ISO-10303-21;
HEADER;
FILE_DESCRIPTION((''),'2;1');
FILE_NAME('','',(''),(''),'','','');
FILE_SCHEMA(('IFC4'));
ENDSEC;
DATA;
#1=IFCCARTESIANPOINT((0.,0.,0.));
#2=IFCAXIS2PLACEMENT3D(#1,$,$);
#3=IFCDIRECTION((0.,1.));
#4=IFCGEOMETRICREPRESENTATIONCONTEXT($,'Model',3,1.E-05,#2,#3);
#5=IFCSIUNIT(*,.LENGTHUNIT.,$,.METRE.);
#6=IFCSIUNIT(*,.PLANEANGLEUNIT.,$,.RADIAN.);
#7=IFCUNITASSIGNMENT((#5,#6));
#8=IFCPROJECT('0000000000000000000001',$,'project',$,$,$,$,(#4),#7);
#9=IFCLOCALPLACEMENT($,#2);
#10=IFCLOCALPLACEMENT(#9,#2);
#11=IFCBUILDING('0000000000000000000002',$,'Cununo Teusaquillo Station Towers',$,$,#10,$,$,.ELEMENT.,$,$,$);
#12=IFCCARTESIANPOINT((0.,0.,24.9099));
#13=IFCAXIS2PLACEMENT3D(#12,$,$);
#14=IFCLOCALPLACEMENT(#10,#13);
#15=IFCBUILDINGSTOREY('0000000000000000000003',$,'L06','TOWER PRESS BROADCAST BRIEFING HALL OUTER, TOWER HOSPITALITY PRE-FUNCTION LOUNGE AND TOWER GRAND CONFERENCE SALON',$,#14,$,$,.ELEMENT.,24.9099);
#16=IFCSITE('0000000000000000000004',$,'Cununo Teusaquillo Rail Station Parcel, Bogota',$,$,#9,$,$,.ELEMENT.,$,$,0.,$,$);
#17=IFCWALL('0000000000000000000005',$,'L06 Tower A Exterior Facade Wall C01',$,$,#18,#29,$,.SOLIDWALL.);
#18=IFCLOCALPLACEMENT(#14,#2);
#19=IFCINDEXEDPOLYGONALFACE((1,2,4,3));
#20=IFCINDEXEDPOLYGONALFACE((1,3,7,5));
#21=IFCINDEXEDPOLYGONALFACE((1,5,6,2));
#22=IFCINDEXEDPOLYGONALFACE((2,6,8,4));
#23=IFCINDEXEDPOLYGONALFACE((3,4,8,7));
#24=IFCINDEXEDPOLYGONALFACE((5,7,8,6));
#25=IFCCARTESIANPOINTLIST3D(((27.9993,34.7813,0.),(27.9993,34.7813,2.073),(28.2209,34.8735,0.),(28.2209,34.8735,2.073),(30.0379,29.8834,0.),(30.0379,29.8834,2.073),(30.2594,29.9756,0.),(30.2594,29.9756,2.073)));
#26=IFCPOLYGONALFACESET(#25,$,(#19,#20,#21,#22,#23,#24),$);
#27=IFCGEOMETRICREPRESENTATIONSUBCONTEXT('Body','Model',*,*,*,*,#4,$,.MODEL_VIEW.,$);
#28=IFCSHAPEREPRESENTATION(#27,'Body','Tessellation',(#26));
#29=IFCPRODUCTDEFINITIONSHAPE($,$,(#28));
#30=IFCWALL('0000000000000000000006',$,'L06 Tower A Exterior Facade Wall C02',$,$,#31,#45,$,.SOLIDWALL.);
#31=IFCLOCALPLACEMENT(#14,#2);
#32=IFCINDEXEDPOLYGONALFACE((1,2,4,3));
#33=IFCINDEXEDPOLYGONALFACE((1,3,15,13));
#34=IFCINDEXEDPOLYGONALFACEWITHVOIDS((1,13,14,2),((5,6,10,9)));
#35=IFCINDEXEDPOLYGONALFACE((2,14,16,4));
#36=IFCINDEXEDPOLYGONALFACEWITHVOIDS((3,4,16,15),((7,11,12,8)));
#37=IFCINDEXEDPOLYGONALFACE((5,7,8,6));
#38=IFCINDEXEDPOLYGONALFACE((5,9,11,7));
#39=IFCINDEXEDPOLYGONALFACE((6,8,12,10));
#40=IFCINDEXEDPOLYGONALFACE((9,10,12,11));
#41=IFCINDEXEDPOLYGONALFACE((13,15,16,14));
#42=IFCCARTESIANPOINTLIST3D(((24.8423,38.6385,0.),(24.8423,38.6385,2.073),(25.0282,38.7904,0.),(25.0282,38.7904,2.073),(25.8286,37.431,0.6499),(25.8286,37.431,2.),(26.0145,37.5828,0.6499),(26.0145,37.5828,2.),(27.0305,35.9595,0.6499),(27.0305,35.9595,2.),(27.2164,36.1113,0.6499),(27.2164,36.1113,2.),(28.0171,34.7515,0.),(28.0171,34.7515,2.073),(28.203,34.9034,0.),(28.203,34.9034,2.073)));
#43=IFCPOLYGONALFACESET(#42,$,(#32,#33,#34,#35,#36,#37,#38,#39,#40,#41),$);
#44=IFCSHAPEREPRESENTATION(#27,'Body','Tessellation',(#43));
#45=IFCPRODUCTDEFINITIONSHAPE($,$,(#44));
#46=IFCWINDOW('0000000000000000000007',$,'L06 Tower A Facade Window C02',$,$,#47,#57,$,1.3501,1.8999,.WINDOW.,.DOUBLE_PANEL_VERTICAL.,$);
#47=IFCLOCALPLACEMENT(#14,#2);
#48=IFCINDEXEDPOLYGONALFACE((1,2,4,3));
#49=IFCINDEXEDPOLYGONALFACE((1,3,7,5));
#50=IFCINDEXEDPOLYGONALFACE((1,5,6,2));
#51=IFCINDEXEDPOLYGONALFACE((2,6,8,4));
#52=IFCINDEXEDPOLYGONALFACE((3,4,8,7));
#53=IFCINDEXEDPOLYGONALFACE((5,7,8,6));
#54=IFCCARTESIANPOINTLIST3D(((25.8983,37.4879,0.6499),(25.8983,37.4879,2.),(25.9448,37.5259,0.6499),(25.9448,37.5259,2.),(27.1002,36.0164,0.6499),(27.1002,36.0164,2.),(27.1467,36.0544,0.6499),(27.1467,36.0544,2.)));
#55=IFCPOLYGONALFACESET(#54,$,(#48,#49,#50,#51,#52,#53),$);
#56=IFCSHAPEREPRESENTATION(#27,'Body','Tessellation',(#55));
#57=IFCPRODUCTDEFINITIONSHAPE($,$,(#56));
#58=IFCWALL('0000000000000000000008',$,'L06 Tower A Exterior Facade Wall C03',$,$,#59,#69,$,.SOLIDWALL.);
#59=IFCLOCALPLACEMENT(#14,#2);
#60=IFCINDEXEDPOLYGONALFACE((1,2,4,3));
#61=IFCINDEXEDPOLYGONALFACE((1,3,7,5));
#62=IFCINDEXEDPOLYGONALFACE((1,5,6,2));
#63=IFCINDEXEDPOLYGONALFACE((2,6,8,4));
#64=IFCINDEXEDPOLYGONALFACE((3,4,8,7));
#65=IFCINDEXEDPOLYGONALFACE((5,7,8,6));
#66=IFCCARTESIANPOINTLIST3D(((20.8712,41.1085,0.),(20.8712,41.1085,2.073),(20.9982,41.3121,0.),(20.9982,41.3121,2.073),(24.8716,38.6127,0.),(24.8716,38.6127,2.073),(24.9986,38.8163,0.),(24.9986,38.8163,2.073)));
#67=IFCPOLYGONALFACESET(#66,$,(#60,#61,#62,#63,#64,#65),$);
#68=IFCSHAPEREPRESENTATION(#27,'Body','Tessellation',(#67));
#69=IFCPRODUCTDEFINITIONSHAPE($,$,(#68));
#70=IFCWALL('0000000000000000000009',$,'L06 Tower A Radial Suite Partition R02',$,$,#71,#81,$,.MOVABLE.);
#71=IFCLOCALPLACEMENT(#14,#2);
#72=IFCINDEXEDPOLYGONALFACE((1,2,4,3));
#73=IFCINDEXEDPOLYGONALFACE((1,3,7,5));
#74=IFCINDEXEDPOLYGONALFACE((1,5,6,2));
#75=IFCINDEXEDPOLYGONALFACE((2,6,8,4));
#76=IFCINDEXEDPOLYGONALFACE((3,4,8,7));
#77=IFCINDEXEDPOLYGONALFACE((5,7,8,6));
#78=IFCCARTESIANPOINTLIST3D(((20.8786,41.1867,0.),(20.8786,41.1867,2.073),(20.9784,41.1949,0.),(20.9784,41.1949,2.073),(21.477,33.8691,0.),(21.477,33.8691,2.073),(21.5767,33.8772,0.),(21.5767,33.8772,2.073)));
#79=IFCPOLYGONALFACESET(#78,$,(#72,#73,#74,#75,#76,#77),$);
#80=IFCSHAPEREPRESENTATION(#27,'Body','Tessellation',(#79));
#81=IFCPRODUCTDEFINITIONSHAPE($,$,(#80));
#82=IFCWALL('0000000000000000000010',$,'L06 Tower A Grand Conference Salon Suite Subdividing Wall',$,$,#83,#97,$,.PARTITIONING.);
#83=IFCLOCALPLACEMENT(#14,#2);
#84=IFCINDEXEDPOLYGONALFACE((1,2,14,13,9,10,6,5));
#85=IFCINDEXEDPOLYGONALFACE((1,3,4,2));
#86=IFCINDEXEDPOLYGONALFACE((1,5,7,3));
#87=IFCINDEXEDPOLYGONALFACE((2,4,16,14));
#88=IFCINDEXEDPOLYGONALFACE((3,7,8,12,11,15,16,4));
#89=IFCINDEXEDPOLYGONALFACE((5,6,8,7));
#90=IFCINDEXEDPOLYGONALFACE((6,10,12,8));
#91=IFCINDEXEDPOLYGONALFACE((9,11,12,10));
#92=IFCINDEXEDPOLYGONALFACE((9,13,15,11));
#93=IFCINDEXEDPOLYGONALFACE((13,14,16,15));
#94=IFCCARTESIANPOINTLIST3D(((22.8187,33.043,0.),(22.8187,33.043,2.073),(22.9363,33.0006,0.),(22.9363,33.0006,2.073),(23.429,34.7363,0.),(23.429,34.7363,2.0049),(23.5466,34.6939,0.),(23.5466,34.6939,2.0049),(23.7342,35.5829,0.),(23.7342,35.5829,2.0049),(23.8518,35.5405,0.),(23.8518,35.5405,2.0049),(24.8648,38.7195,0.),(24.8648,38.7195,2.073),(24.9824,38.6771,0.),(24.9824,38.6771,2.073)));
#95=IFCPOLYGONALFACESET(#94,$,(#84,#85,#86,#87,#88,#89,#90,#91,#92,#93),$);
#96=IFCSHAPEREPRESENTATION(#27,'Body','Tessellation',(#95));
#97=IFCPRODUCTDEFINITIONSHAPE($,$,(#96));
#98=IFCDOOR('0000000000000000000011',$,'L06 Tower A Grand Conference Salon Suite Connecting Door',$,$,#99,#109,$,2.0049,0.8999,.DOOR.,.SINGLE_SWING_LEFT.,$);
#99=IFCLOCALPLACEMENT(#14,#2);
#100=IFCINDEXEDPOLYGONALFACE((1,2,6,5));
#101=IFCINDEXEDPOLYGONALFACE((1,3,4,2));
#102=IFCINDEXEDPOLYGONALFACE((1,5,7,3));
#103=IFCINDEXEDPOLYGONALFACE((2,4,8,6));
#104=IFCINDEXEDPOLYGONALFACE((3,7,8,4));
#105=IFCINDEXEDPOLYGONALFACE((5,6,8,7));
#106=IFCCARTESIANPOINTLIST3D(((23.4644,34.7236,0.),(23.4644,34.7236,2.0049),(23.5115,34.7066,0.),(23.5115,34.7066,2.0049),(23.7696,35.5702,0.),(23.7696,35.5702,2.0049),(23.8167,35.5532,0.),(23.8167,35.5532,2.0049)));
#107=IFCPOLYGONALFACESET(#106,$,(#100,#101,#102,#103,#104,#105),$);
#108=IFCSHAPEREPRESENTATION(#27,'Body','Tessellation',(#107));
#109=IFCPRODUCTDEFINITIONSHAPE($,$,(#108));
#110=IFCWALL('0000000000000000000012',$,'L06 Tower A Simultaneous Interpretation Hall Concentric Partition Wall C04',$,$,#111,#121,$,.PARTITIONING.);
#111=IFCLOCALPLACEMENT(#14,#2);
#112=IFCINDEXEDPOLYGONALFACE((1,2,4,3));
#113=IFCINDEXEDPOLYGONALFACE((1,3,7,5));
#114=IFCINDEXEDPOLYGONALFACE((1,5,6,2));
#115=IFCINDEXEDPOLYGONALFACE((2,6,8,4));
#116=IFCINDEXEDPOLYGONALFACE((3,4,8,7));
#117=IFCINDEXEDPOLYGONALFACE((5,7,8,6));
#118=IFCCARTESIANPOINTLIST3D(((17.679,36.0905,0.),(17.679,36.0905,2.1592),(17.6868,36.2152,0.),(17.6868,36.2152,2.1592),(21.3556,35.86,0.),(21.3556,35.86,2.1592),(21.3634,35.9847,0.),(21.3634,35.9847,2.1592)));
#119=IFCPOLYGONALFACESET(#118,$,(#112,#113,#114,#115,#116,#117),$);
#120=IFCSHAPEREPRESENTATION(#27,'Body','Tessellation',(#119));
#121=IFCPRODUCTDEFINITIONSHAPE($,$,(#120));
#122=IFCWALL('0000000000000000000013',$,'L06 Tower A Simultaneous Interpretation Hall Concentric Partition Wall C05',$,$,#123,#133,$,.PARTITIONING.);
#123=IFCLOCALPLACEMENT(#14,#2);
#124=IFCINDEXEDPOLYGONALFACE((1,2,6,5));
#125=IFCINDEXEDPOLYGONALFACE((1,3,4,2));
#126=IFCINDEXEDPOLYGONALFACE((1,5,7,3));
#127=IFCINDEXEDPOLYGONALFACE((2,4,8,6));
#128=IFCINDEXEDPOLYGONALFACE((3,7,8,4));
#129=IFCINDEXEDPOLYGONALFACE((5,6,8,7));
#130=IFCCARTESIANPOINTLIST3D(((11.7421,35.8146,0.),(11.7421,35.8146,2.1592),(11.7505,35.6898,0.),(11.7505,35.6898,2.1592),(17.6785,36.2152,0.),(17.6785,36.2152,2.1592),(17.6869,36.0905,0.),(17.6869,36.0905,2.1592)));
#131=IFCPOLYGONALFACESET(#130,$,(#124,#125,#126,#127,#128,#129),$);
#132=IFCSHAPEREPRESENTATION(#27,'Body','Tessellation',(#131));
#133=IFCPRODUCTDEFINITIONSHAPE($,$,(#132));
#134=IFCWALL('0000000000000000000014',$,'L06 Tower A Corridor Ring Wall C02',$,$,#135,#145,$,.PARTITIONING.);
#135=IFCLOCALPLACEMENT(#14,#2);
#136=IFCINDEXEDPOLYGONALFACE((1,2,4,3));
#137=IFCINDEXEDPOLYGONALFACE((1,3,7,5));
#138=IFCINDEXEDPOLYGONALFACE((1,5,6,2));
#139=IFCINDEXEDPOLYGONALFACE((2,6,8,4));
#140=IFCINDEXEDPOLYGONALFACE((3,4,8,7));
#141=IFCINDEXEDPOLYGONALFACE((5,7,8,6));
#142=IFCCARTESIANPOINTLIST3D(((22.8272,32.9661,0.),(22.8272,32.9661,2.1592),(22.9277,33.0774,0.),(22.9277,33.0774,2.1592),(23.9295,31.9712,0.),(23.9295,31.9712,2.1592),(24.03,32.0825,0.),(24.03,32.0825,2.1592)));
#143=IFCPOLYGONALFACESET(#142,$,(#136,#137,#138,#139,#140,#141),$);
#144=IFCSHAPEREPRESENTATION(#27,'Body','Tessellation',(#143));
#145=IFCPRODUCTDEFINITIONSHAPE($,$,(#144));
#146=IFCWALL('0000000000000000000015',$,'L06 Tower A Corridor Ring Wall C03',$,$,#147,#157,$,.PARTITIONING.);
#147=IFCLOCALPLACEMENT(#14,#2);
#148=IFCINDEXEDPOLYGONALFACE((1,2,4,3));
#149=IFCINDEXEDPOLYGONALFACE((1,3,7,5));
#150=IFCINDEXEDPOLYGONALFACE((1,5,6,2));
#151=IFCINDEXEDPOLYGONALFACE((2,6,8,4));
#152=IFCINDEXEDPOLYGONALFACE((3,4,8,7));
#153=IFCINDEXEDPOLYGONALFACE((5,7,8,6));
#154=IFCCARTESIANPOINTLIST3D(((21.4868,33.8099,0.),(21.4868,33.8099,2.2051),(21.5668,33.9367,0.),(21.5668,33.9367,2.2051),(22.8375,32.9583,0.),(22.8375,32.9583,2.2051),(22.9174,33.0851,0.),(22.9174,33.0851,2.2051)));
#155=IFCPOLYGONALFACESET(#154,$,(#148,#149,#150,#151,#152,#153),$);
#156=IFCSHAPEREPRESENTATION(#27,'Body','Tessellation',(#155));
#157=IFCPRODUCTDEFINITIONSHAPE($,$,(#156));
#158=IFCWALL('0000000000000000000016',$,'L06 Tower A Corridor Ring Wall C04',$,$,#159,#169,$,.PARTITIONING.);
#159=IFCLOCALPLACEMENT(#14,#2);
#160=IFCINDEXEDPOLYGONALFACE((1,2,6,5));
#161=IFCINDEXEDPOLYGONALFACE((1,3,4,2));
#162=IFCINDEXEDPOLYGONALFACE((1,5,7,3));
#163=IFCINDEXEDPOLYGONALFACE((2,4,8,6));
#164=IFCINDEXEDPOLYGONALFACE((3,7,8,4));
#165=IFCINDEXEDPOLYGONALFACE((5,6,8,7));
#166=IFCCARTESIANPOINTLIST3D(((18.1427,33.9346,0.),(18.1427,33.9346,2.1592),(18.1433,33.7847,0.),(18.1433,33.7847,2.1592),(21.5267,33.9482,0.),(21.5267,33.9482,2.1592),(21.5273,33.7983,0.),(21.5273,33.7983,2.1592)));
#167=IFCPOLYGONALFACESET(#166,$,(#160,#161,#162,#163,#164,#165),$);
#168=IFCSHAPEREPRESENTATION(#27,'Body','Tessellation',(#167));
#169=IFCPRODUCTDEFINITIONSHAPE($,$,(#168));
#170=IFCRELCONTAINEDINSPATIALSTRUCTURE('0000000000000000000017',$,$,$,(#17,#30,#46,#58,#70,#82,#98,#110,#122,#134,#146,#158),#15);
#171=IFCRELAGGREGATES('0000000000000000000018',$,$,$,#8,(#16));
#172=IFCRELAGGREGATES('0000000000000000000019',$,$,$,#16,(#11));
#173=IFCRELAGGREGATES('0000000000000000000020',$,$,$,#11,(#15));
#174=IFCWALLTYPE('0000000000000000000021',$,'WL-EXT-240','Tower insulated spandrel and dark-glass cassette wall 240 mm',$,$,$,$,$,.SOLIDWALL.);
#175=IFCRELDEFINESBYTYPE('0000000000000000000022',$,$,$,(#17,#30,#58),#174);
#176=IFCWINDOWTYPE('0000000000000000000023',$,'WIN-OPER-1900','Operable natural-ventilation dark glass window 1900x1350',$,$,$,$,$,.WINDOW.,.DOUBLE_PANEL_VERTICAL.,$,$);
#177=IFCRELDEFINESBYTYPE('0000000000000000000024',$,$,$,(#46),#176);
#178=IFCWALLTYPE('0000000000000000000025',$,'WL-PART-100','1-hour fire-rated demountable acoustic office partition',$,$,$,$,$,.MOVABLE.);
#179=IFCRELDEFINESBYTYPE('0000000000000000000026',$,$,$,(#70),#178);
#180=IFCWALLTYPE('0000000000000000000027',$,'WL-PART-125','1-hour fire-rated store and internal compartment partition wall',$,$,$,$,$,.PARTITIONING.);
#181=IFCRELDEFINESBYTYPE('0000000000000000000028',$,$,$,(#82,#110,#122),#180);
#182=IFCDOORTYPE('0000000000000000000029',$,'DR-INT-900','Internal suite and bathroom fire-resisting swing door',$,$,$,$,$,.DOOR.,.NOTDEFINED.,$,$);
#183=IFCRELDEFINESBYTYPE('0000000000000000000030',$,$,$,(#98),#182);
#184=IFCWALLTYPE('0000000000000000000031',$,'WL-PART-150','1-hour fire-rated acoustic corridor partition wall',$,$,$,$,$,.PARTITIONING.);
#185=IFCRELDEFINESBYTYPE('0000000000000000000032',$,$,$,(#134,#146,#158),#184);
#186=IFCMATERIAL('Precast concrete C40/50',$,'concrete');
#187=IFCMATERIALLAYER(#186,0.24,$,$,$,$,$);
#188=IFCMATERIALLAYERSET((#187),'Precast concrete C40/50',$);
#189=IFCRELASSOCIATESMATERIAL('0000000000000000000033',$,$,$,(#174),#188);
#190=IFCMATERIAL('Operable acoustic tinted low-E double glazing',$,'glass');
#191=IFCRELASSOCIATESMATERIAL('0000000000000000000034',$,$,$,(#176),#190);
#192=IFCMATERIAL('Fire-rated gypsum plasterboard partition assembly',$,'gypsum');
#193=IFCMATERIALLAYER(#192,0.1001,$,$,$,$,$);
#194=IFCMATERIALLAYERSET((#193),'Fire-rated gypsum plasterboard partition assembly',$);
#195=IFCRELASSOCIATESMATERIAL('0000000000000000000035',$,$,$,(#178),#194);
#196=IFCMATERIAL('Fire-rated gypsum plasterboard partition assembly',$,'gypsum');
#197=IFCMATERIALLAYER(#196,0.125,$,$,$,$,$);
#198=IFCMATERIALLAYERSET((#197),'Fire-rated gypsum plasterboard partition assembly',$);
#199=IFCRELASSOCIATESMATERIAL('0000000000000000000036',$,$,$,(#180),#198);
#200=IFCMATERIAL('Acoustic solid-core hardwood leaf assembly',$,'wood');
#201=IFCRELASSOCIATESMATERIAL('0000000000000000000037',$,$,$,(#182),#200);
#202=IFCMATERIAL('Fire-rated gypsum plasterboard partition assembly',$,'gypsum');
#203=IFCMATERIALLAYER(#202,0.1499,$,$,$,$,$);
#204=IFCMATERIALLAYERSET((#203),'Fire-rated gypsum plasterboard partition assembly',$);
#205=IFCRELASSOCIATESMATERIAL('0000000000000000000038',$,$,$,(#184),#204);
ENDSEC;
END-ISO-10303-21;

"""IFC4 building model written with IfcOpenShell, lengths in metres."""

from ifc_helpers import new_model, si_unit, direction, frame, frame_2d, origin, place, context, subcontext, project, spatial, rectangle, extrude, source, transform, mapped, material, layer, layer_set, type_object, element, fill, save


model = new_model("IFC4")

# Units and contexts
model_context = context("Model", 3, precision=1e-05, world=origin(), true_north=direction((0.0, 1.0)))
body_context = subcontext(model_context, "Body", "Model", "MODEL_VIEW")
ifc_project = project(units=[si_unit("LENGTHUNIT", "METRE"), si_unit("PLANEANGLEUNIT", "RADIAN")], contexts=[model_context])

# Site, building, storey
site_placement = place(None, origin())
site = spatial("IfcSite", under=ifc_project, at=site_placement, Name="Cununo Teusaquillo Rail Station Parcel, Bogota", CompositionType="ELEMENT", RefElevation=0.0)
building_placement = place(site_placement, origin())
building = spatial("IfcBuilding", under=site, at=building_placement, Name="Cununo Teusaquillo Station Towers", CompositionType="ELEMENT")
storey_placement = place(building_placement, frame((0.0, 0.0, 24.9099)))
storey = spatial("IfcBuildingStorey", under=building, at=storey_placement, Name="L06", Description="TOWER PRESS BROADCAST BRIEFING HALL OUTER, TOWER HOSPITALITY PRE-FUNCTION LOUNGE AND TOWER GRAND CONFERENCE SALON", CompositionType="ELEMENT", Elevation=24.9099)

# Wall
ifc_material_1 = material(Name="Precast concrete C40/50", Category="concrete")
ifc_layer_1 = layer(ifc_material_1, 0.24)
ifc_layer_set_1 = layer_set([ifc_layer_1], Name="Precast concrete C40/50")
wall_type_1 = type_object("IfcWallType", Name="WL-EXT-240", Description="Tower insulated spandrel and dark-glass cassette wall 240 mm", PredefinedType="SOLIDWALL", material=ifc_layer_set_1)
wall_1_placement = place(storey_placement, frame((28.1101, 34.8274, 0.0), z_axis=(0.0, 0.0, 1.0), x_axis=(0.384256, -0.923227, 0.0)))
element("IfcWall", 1, at=wall_1_placement, inside=storey, type_object=wall_type_1, Name="L06 Tower A Exterior Facade Wall C01", PredefinedType="SOLIDWALL", context=body_context, shape_type="SweptSolid", body=[
    extrude(rectangle(XDim=5.3052, YDim=0.24, at=frame_2d((2.6526, 0.0))), origin(), (0.0, 0.0, 1.0), 2.073),
])

# Wall, opening, window
wall_2_placement = place(storey_placement, frame((24.9353, 38.7144, 0.0), z_axis=(0.0, 0.0, 1.0), x_axis=(0.632589, -0.774488, 0.0)))
wall_2 = element("IfcWall", 2, at=wall_2_placement, inside=storey, type_object=wall_type_1, Name="L06 Tower A Exterior Facade Wall C02", PredefinedType="SOLIDWALL", context=body_context, shape_type="SweptSolid", body=[
    extrude(rectangle(XDim=5.0188, YDim=0.24, at=frame_2d((2.5093, 0.0))), origin(), (0.0, 0.0, 1.0), 2.073),
])
shared_shape_1 = source(origin(), body_context, "Body", "SweptSolid", [
    extrude(rectangle(XDim=1.8999, YDim=1.3501, at=frame_2d((0.95, 0.675))), frame((0.0, 0.1299, 0.0), z_axis=(0.0, -1.0, 0.0), x_axis=(1.0, 0.0, 0.0)), (0.0, 0.0, 1.0), 0.26),
])
opening_1_placement = place(wall_2_placement, frame((1.5591, 0.0, 0.6499)))
opening_1 = element("IfcOpeningElement", 3, at=opening_1_placement, cuts=wall_2, PredefinedType="OPENING", context=body_context, shape_type="MappedRepresentation", body=[
    mapped(shared_shape_1, transform((0.0, 0.0, 0.0), x_axis=(1.0, 0.0, 0.0), y_axis=(0.0, 1.0, 0.0), z_axis=(0.0, 0.0, 1.0), scale=1.0)),
])
ifc_material_2 = material(Name="Operable acoustic tinted low-E double glazing", Category="glass")
window_type = type_object("IfcWindowType", Name="WIN-OPER-1900", Description="Operable natural-ventilation dark glass window 1900x1350", PartitioningType="DOUBLE_PANEL_VERTICAL", PredefinedType="WINDOW", material=ifc_material_2)
shared_shape_2 = source(origin(), body_context, "Body", "SweptSolid", [
    extrude(rectangle(XDim=1.8999, YDim=1.3501, at=frame_2d((0.95, 0.675))), frame((0.0, 0.03, 0.0), z_axis=(0.0, -1.0, 0.0), x_axis=(1.0, 0.0, 0.0)), (0.0, 0.0, 1.0), 0.0601),
])
window_placement = place(opening_1_placement, origin())
window = element("IfcWindow", 4, at=window_placement, inside=storey, type_object=window_type, Name="L06 Tower A Facade Window C02", OverallHeight=1.3501, OverallWidth=1.8999, PartitioningType="DOUBLE_PANEL_VERTICAL", PredefinedType="WINDOW", context=body_context, shape_type="MappedRepresentation", body=[
    mapped(shared_shape_2, transform((0.0, 0.0, 0.0), x_axis=(1.0, 0.0, 0.0), y_axis=(0.0, 1.0, 0.0), z_axis=(0.0, 0.0, 1.0), scale=1.0)),
])
fill(opening_1, window)

# Walls
wall_3_placement = place(storey_placement, frame((20.9348, 41.2102, 0.0), z_axis=(0.0, 0.0, 1.0), x_axis=(0.848423, -0.529319, 0.0)))
element("IfcWall", 5, at=wall_3_placement, inside=storey, type_object=wall_type_1, Name="L06 Tower A Exterior Facade Wall C03", PredefinedType="SOLIDWALL", context=body_context, shape_type="SweptSolid", body=[
    extrude(rectangle(XDim=4.7151, YDim=0.24, at=frame_2d((2.3574, 0.0))), origin(), (0.0, 0.0, 1.0), 2.073),
])
ifc_material_3 = material(Name="Fire-rated gypsum plasterboard partition assembly", Category="gypsum")
ifc_layer_2 = layer(ifc_material_3, 0.1001)
ifc_layer_set_2 = layer_set([ifc_layer_2], Name="Fire-rated gypsum plasterboard partition assembly")
wall_type_2 = type_object("IfcWallType", Name="WL-PART-100", Description="1-hour fire-rated demountable acoustic office partition", PredefinedType="MOVABLE", material=ifc_layer_set_2)
wall_4_placement = place(storey_placement, frame((21.5269, 33.8733, 0.0), z_axis=(0.0, 0.0, 1.0), x_axis=(-0.081502, 0.996673, 0.0)))
element("IfcWall", 6, at=wall_4_placement, inside=storey, type_object=wall_type_2, Name="L06 Tower A Radial Suite Partition R02", PredefinedType="MOVABLE", context=body_context, shape_type="SweptSolid", body=[
    extrude(rectangle(XDim=7.342, YDim=0.1001, at=frame_2d((3.6709, 0.0))), origin(), (0.0, 0.0, 1.0), 2.073),
])

# Wall, opening, door
ifc_material_4 = material(Name="Fire-rated gypsum plasterboard partition assembly", Category="gypsum")
ifc_layer_3 = layer(ifc_material_4, 0.125)
ifc_layer_set_3 = layer_set([ifc_layer_3], Name="Fire-rated gypsum plasterboard partition assembly")
wall_type_3 = type_object("IfcWallType", Name="WL-PART-125", Description="1-hour fire-rated store and internal compartment partition wall", PredefinedType="PARTITIONING", material=ifc_layer_set_3)
wall_5_placement = place(storey_placement, frame((22.8774, 33.0217, 0.0), z_axis=(0.0, 0.0, 1.0), x_axis=(0.339101, 0.94075, 0.0)))
wall_5 = element("IfcWall", 7, at=wall_5_placement, inside=storey, type_object=wall_type_3, Name="L06 Tower A Grand Conference Salon Suite Subdividing Wall", PredefinedType="PARTITIONING", context=body_context, shape_type="SweptSolid", body=[
    extrude(rectangle(XDim=6.0339, YDim=0.125, at=frame_2d((3.0171, 0.0))), origin(), (0.0, 0.0, 1.0), 2.073),
])
shared_shape_3 = source(origin(), body_context, "Body", "SweptSolid", [
    extrude(rectangle(XDim=0.8999, YDim=2.0049, at=frame_2d((0.45, 1.0024))), frame((0.0, 0.0725, 0.0), z_axis=(0.0, -1.0, 0.0), x_axis=(1.0, 0.0, 0.0)), (0.0, 0.0, 1.0), 0.145),
])
opening_2_placement = place(wall_5_placement, frame((1.8, 0.0, 0.0)))
opening_2 = element("IfcOpeningElement", 8, at=opening_2_placement, cuts=wall_5, PredefinedType="OPENING", context=body_context, shape_type="MappedRepresentation", body=[
    mapped(shared_shape_3, transform((0.0, 0.0, 0.0), x_axis=(1.0, 0.0, 0.0), y_axis=(0.0, 1.0, 0.0), z_axis=(0.0, 0.0, 1.0), scale=1.0)),
])
ifc_material_5 = material(Name="Acoustic solid-core hardwood leaf assembly", Category="wood")
door_type = type_object("IfcDoorType", Name="DR-INT-900", Description="Internal suite and bathroom fire-resisting swing door", OperationType="NOTDEFINED", PredefinedType="DOOR", material=ifc_material_5)
shared_shape_4 = source(origin(), body_context, "Body", "SweptSolid", [
    extrude(rectangle(XDim=0.8999, YDim=2.0049, at=frame_2d((0.45, 1.0024))), frame((0.0, 0.0249, 0.0), z_axis=(0.0, -1.0, 0.0), x_axis=(1.0, 0.0, 0.0)), (0.0, 0.0, 1.0), 0.05),
])
door_placement = place(opening_2_placement, origin())
door = element("IfcDoor", 9, at=door_placement, inside=storey, type_object=door_type, Name="L06 Tower A Grand Conference Salon Suite Connecting Door", OperationType="SINGLE_SWING_LEFT", OverallHeight=2.0049, OverallWidth=0.8999, PredefinedType="DOOR", context=body_context, shape_type="MappedRepresentation", body=[
    mapped(shared_shape_4, transform((0.0, 0.0, 0.0), x_axis=(1.0, 0.0, 0.0), y_axis=(0.0, 1.0, 0.0), z_axis=(0.0, 0.0, 1.0), scale=1.0)),
])
fill(opening_2, door)

# Walls
wall_6_placement = place(storey_placement, frame((21.3594, 35.9224, 0.0), z_axis=(0.0, 0.0, 1.0), x_axis=(-0.998041, 0.062564, 0.0)))
element("IfcWall", 10, at=wall_6_placement, inside=storey, type_object=wall_type_3, Name="L06 Tower A Simultaneous Interpretation Hall Concentric Partition Wall C04", PredefinedType="PARTITIONING", context=body_context, shape_type="SweptSolid", body=[
    extrude(rectangle(XDim=3.6838, YDim=0.125, at=frame_2d((1.8418, 0.0))), origin(), (0.0, 0.0, 1.0), 2.1592),
])
wall_7_placement = place(storey_placement, frame((17.6829, 36.1528, 0.0), z_axis=(0.0, 0.0, 1.0), x_axis=(-0.997731, -0.067333, 0.0)))
element("IfcWall", 11, at=wall_7_placement, inside=storey, type_object=wall_type_3, Name="L06 Tower A Simultaneous Interpretation Hall Concentric Partition Wall C05", PredefinedType="PARTITIONING", context=body_context, shape_type="SweptSolid", body=[
    extrude(rectangle(XDim=5.95, YDim=0.125, at=frame_2d((2.9751, 0.0))), origin(), (0.0, 0.0, 1.0), 2.1592),
])
ifc_material_6 = material(Name="Fire-rated gypsum plasterboard partition assembly", Category="gypsum")
ifc_layer_4 = layer(ifc_material_6, 0.1499)
ifc_layer_set_4 = layer_set([ifc_layer_4], Name="Fire-rated gypsum plasterboard partition assembly")
wall_type_4 = type_object("IfcWallType", Name="WL-PART-150", Description="1-hour fire-rated acoustic corridor partition wall", PredefinedType="PARTITIONING", material=ifc_layer_set_4)
wall_8_placement = place(storey_placement, frame((23.9797, 32.0269, 0.0), z_axis=(0.0, 0.0, 1.0), x_axis=(-0.742353, 0.670009, 0.0)))
element("IfcWall", 12, at=wall_8_placement, inside=storey, type_object=wall_type_4, Name="L06 Tower A Corridor Ring Wall C02", PredefinedType="PARTITIONING", context=body_context, shape_type="SweptSolid", body=[
    extrude(rectangle(XDim=1.4849, YDim=0.1499, at=frame_2d((0.7424, 0.0))), origin(), (0.0, 0.0, 1.0), 2.1592),
])
wall_9_placement = place(storey_placement, frame((22.8774, 33.0217, 0.0), z_axis=(0.0, 0.0, 1.0), x_axis=(-0.845896, 0.533348, 0.0)))
element("IfcWall", 13, at=wall_9_placement, inside=storey, type_object=wall_type_4, Name="L06 Tower A Corridor Ring Wall C03", PredefinedType="PARTITIONING", context=body_context, shape_type="SweptSolid", body=[
    extrude(rectangle(XDim=1.5967, YDim=0.1499, at=frame_2d((0.7983, 0.0))), origin(), (0.0, 0.0, 1.0), 2.2051),
])
wall_10_placement = place(storey_placement, frame((21.5269, 33.8733, 0.0), z_axis=(0.0, 0.0, 1.0), x_axis=(-0.999992, -0.00404, 0.0)))
element("IfcWall", 14, at=wall_10_placement, inside=storey, type_object=wall_type_4, Name="L06 Tower A Corridor Ring Wall C04", PredefinedType="PARTITIONING", context=body_context, shape_type="SweptSolid", body=[
    extrude(rectangle(XDim=3.384, YDim=0.1499, at=frame_2d((1.6919, 0.0))), origin(), (0.0, 0.0, 1.0), 2.1592),
])

save(model, "model.ifc")
